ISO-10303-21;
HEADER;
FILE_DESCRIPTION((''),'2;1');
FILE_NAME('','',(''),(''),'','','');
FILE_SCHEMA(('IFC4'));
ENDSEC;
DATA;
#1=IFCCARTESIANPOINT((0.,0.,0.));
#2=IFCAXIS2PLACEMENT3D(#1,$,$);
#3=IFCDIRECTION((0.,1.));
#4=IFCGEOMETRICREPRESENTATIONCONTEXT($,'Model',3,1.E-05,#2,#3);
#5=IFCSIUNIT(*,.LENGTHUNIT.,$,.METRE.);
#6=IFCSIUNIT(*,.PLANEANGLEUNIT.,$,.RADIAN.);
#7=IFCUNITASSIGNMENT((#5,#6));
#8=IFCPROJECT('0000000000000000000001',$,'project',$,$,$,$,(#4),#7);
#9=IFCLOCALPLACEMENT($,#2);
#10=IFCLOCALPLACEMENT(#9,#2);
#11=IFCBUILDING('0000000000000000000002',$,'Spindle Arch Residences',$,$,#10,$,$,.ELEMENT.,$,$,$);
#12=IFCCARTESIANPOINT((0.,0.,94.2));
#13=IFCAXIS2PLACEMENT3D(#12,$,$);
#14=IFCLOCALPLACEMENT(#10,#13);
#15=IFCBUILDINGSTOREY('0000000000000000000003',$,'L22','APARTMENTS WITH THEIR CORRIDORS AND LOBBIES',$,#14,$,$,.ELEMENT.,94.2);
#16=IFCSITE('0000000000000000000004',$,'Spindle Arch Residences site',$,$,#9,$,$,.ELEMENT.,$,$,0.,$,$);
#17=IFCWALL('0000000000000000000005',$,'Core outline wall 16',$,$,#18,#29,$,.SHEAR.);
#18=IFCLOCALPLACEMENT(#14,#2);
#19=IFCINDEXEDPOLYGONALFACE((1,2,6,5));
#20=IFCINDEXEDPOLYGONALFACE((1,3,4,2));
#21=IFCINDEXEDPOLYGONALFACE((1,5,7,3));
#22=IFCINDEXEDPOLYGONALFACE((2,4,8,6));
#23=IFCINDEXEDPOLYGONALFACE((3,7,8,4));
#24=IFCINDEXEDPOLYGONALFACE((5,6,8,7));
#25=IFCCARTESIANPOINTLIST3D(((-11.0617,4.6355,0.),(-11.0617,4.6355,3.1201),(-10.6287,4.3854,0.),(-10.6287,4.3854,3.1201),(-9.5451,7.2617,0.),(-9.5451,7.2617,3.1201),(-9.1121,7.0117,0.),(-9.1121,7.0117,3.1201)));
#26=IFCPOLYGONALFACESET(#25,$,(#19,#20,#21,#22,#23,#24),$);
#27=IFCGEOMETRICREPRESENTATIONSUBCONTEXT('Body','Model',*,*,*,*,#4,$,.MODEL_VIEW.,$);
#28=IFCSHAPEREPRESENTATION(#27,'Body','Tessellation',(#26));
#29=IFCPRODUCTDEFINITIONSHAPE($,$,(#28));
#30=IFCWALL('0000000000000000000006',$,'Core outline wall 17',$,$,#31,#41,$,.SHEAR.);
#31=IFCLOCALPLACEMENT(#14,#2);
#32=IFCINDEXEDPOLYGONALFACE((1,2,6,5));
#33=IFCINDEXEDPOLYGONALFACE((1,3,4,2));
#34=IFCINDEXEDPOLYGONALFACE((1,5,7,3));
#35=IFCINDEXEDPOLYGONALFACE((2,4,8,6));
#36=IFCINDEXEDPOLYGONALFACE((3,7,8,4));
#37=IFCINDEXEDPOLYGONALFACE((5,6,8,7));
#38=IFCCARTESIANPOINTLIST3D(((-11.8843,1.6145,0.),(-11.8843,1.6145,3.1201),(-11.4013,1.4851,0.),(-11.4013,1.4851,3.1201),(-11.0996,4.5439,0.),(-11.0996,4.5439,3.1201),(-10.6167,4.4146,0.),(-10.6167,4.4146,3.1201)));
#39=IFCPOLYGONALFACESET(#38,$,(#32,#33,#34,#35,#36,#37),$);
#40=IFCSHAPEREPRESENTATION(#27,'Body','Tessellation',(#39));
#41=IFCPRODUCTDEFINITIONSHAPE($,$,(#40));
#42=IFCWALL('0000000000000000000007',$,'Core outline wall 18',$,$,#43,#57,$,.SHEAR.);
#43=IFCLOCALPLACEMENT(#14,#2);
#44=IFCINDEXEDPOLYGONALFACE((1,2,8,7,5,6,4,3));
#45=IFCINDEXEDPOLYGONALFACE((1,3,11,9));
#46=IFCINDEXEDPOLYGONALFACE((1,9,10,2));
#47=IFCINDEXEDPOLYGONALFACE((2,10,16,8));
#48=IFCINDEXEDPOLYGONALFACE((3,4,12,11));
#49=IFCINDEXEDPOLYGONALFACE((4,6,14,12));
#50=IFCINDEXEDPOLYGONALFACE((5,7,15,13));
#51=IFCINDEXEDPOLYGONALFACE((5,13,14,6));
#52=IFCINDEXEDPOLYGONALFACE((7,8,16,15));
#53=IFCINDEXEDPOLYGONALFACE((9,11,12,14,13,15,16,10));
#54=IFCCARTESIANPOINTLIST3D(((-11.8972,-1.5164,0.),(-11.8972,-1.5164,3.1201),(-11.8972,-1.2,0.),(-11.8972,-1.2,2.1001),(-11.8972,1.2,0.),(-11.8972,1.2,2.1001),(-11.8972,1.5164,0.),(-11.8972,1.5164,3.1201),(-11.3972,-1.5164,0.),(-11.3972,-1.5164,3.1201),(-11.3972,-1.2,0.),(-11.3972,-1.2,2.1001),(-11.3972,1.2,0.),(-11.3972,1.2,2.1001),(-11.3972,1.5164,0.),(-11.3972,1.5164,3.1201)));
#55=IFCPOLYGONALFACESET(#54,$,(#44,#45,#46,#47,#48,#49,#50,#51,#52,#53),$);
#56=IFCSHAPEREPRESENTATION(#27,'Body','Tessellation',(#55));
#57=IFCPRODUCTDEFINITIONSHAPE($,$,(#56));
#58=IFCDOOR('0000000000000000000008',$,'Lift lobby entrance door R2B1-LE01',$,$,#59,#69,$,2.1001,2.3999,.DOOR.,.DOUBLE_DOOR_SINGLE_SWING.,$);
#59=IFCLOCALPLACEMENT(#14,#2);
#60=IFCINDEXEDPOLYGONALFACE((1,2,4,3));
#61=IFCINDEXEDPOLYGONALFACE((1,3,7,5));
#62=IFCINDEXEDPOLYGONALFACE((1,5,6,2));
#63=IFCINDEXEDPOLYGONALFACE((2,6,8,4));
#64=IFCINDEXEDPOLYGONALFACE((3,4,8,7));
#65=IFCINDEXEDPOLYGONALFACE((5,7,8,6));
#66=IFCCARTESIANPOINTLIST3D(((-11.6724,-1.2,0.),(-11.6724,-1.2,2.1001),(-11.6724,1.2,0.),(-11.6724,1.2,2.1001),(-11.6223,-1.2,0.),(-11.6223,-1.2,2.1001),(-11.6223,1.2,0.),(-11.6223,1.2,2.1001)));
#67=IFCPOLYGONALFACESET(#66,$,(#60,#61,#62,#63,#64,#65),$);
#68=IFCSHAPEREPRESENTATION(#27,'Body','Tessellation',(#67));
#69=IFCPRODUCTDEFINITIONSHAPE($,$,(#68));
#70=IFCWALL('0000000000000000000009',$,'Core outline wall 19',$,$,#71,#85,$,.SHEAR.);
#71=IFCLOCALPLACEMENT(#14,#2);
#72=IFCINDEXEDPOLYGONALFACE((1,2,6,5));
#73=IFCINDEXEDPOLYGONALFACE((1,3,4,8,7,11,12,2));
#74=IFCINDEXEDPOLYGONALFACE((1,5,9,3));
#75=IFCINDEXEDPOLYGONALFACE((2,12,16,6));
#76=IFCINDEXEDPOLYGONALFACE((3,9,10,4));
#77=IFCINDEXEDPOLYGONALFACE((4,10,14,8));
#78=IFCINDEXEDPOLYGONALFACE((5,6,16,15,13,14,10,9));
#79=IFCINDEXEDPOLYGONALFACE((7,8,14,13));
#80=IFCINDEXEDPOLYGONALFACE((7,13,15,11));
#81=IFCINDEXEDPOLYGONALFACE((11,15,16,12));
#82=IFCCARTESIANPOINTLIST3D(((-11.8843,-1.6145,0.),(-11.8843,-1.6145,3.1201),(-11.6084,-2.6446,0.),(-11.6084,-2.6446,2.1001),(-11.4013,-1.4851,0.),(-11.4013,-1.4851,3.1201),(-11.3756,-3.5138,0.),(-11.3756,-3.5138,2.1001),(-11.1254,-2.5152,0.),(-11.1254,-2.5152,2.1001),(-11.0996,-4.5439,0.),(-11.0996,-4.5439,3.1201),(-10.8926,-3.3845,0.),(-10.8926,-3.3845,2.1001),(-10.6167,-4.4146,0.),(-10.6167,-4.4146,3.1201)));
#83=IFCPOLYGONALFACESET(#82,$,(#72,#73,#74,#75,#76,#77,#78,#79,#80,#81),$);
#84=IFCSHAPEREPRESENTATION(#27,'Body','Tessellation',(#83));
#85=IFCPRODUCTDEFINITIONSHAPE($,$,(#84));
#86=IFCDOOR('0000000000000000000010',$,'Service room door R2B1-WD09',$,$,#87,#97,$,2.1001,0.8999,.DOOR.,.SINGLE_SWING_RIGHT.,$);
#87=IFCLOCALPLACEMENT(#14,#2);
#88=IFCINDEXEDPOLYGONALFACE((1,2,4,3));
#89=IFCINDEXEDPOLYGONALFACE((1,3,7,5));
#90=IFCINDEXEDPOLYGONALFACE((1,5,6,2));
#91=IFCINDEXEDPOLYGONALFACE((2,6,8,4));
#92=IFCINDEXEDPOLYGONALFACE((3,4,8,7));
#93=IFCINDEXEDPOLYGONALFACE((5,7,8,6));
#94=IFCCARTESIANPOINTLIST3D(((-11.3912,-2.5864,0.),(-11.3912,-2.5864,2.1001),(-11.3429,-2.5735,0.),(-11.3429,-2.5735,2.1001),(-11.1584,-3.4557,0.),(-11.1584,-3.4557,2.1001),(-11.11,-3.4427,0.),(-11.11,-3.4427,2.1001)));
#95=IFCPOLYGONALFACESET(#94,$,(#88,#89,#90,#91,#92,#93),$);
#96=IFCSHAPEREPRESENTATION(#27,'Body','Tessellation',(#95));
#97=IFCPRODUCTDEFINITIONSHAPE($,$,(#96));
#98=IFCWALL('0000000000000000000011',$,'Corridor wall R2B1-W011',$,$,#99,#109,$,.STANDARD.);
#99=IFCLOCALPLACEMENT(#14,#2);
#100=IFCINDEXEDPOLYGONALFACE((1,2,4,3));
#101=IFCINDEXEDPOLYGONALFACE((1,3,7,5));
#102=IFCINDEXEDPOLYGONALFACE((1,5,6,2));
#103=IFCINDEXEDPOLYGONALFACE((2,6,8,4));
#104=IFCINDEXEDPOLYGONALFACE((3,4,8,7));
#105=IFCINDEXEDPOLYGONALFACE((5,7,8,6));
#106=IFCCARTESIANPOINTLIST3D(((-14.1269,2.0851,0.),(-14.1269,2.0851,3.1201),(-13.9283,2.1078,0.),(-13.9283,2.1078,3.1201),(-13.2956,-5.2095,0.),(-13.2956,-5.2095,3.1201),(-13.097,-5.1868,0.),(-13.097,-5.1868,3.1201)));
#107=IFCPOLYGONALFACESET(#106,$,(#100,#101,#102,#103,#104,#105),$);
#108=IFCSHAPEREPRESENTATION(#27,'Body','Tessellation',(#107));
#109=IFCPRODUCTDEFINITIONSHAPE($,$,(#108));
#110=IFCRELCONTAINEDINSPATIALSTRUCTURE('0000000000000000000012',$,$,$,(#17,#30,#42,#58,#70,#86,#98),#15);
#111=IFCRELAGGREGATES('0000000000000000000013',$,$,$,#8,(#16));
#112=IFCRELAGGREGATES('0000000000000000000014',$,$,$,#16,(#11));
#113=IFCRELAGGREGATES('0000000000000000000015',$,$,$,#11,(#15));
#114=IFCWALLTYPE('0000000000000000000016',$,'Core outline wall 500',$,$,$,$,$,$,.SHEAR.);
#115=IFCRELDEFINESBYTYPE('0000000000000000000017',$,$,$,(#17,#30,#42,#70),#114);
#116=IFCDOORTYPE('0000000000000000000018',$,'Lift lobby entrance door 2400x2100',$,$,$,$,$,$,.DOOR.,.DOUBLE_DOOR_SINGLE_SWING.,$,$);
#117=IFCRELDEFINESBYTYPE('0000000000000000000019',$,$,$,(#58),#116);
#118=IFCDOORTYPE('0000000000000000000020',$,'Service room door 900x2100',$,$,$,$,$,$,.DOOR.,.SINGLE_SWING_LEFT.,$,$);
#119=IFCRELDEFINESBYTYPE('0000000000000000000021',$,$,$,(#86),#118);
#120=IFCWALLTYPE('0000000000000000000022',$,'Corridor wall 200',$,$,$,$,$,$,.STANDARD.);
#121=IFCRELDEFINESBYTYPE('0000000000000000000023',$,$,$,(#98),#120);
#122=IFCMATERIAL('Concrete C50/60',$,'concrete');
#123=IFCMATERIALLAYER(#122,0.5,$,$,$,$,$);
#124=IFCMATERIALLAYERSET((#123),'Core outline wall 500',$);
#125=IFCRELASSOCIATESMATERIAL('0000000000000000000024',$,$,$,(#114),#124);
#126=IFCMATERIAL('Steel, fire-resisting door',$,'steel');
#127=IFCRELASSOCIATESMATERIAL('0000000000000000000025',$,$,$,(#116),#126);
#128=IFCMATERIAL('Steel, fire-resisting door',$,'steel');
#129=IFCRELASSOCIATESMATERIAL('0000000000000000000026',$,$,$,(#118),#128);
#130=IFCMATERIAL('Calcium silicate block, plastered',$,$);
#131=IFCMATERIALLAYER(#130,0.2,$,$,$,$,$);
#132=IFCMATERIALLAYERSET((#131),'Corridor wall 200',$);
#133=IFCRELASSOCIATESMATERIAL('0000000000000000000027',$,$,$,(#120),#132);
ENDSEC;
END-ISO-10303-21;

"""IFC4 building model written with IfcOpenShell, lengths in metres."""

from ifc_helpers import new_model, si_unit, direction, frame, frame_2d, origin, place, context, subcontext, project, spatial, rectangle, extrude, material, layer, layer_set, type_object, element, fill, save


model = new_model("IFC4")

# Units and contexts
model_context = context("Model", 3, precision=1e-05, world=origin(), true_north=direction((0.0, 1.0)))
body_context = subcontext(model_context, "Body", "Model", "MODEL_VIEW")
ifc_project = project(units=[si_unit("LENGTHUNIT", "METRE"), si_unit("PLANEANGLEUNIT", "RADIAN")], contexts=[model_context])

# Site, building, storey
site_placement = place(None, origin())
site = spatial("IfcSite", under=ifc_project, at=site_placement, Name="Spindle Arch Residences site", CompositionType="ELEMENT", RefElevation=0.0)
building_placement = place(site_placement, origin())
building = spatial("IfcBuilding", under=site, at=building_placement, Name="Spindle Arch Residences", CompositionType="ELEMENT")
storey_placement = place(building_placement, frame((0.0, 0.0, 94.2)))
storey = spatial("IfcBuildingStorey", under=building, at=storey_placement, Name="L22", Description="APARTMENTS WITH THEIR CORRIDORS AND LOBBIES", CompositionType="ELEMENT", Elevation=94.2)

# Walls
ifc_material_1 = material(Name="Concrete C50/60", Category="concrete")
ifc_layer_1 = layer(ifc_material_1, 0.5)
ifc_layer_set_1 = layer_set([ifc_layer_1], Name="Core outline wall 500")
wall_type_1 = type_object("IfcWallType", Name="Core outline wall 500", PredefinedType="SHEAR", material=ifc_layer_set_1)
for number, where, z_axis, x_axis, name in (
    (1, (-9.3286, 7.1367, 0.0), (0.0, 0.0, 1.0), (-0.500087, -0.865975, 0.0), "Core outline wall 16"),
    (2, (-10.8582, 4.4792, 0.0), (0.0, 0.0, 1.0), (-0.258735, -0.965948, 0.0), "Core outline wall 17"),
):
    element("IfcWall", number, at=place(storey_placement, frame(where, z_axis=z_axis, x_axis=x_axis)), inside=storey, type_object=wall_type_1, Name=name, PredefinedType="SHEAR", context=body_context, shape_type="SweptSolid", body=[
        extrude(rectangle(XDim=3.0327, YDim=0.5, at=frame_2d((1.5164, 0.0))), origin(), (0.0, 0.0, 1.0), 3.1201),
    ])

# Walls, openings, doors
wall_1_placement = place(storey_placement, frame((-11.6472, 1.5164, 0.0), z_axis=(0.0, 0.0, 1.0), x_axis=(0.0, -1.0, 0.0)))
wall_1 = element("IfcWall", 3, at=wall_1_placement, inside=storey, type_object=wall_type_1, Name="Core outline wall 18", PredefinedType="SHEAR", context=body_context, shape_type="SweptSolid", body=[
    extrude(rectangle(XDim=3.0327, YDim=0.5, at=frame_2d((1.5164, 0.0))), origin(), (0.0, 0.0, 1.0), 3.1201),
])
opening_1_placement = place(wall_1_placement, frame((0.3164, 0.0, 0.0)))
opening_1 = element("IfcOpeningElement", 4, at=opening_1_placement, cuts=wall_1, PredefinedType="OPENING", context=body_context, shape_type="SweptSolid", body=[
    extrude(rectangle(XDim=2.3999, YDim=2.1001, at=frame_2d((1.2, 1.05))), frame((0.0, 0.26, 0.0), z_axis=(0.0, -1.0, 0.0), x_axis=(1.0, 0.0, 0.0)), (0.0, 0.0, 1.0), 0.52),
])
ifc_material_2 = material(Name="Steel, fire-resisting door", Category="steel")
door_type_1 = type_object("IfcDoorType", Name="Lift lobby entrance door 2400x2100", OperationType="DOUBLE_DOOR_SINGLE_SWING", PredefinedType="DOOR", material=ifc_material_2)
door_1_placement = place(opening_1_placement, origin())
door_1 = element("IfcDoor", 5, at=door_1_placement, inside=storey, type_object=door_type_1, Name="Lift lobby entrance door R2B1-LE01", OperationType="DOUBLE_DOOR_SINGLE_SWING", OverallHeight=2.1001, OverallWidth=2.3999, PredefinedType="DOOR", context=body_context, shape_type="SweptSolid", body=[
    extrude(rectangle(XDim=2.3999, YDim=2.1001, at=frame_2d((1.2, 1.05))), frame((0.0, 0.0249, 0.0), z_axis=(0.0, -1.0, 0.0), x_axis=(1.0, 0.0, 0.0)), (0.0, 0.0, 1.0), 0.05),
])
fill(opening_1, door_1)
wall_2_placement = place(storey_placement, frame((-11.6428, -1.5498, 0.0), z_axis=(0.0, 0.0, 1.0), x_axis=(0.258735, -0.965948, 0.0)))
wall_2 = element("IfcWall", 6, at=wall_2_placement, inside=storey, type_object=wall_type_1, Name="Core outline wall 19", PredefinedType="SHEAR", context=body_context, shape_type="SweptSolid", body=[
    extrude(rectangle(XDim=3.0327, YDim=0.5, at=frame_2d((1.5164, 0.0))), origin(), (0.0, 0.0, 1.0), 3.1201),
])
opening_2_placement = place(wall_2_placement, frame((1.0664, 0.0, 0.0)))
opening_2 = element("IfcOpeningElement", 7, at=opening_2_placement, cuts=wall_2, PredefinedType="OPENING", context=body_context, shape_type="SweptSolid", body=[
    extrude(rectangle(XDim=0.8999, YDim=2.1001, at=frame_2d((0.45, 1.05))), frame((0.0, 0.26, 0.0), z_axis=(0.0, -1.0, 0.0), x_axis=(1.0, 0.0, 0.0)), (0.0, 0.0, 1.0), 0.52),
])
ifc_material_3 = material(Name="Steel, fire-resisting door", Category="steel")
door_type_2 = type_object("IfcDoorType", Name="Service room door 900x2100", OperationType="SINGLE_SWING_LEFT", PredefinedType="DOOR", material=ifc_material_3)
door_2_placement = place(opening_2_placement, origin())
door_2 = element("IfcDoor", 8, at=door_2_placement, inside=storey, type_object=door_type_2, Name="Service room door R2B1-WD09", OperationType="SINGLE_SWING_RIGHT", OverallHeight=2.1001, OverallWidth=0.8999, PredefinedType="DOOR", context=body_context, shape_type="SweptSolid", body=[
    extrude(rectangle(XDim=0.8999, YDim=2.1001, at=frame_2d((0.45, 1.05))), frame((0.0, 0.0249, 0.0), z_axis=(0.0, -1.0, 0.0), x_axis=(1.0, 0.0, 0.0)), (0.0, 0.0, 1.0), 0.05),
])
fill(opening_2, door_2)

# Wall
ifc_material_4 = material(Name="Calcium silicate block, plastered")
ifc_layer_2 = layer(ifc_material_4, 0.2)
ifc_layer_set_2 = layer_set([ifc_layer_2], Name="Corridor wall 200")
wall_type_2 = type_object("IfcWallType", Name="Corridor wall 200", PredefinedType="STANDARD", material=ifc_layer_set_2)
wall_3_placement = place(storey_placement, frame((-14.0276, 2.0964, 0.0), z_axis=(0.0, 0.0, 1.0), x_axis=(0.113227, -0.993569, 0.0)))
element("IfcWall", 9, at=wall_3_placement, inside=storey, type_object=wall_type_2, Name="Corridor wall R2B1-W011", PredefinedType="STANDARD", context=body_context, shape_type="SweptSolid", body=[
    extrude(rectangle(XDim=7.3418, YDim=0.2, at=frame_2d((3.6709, 0.0))), origin(), (0.0, 0.0, 1.0), 3.1201),
])

save(model, "model.ifc")
